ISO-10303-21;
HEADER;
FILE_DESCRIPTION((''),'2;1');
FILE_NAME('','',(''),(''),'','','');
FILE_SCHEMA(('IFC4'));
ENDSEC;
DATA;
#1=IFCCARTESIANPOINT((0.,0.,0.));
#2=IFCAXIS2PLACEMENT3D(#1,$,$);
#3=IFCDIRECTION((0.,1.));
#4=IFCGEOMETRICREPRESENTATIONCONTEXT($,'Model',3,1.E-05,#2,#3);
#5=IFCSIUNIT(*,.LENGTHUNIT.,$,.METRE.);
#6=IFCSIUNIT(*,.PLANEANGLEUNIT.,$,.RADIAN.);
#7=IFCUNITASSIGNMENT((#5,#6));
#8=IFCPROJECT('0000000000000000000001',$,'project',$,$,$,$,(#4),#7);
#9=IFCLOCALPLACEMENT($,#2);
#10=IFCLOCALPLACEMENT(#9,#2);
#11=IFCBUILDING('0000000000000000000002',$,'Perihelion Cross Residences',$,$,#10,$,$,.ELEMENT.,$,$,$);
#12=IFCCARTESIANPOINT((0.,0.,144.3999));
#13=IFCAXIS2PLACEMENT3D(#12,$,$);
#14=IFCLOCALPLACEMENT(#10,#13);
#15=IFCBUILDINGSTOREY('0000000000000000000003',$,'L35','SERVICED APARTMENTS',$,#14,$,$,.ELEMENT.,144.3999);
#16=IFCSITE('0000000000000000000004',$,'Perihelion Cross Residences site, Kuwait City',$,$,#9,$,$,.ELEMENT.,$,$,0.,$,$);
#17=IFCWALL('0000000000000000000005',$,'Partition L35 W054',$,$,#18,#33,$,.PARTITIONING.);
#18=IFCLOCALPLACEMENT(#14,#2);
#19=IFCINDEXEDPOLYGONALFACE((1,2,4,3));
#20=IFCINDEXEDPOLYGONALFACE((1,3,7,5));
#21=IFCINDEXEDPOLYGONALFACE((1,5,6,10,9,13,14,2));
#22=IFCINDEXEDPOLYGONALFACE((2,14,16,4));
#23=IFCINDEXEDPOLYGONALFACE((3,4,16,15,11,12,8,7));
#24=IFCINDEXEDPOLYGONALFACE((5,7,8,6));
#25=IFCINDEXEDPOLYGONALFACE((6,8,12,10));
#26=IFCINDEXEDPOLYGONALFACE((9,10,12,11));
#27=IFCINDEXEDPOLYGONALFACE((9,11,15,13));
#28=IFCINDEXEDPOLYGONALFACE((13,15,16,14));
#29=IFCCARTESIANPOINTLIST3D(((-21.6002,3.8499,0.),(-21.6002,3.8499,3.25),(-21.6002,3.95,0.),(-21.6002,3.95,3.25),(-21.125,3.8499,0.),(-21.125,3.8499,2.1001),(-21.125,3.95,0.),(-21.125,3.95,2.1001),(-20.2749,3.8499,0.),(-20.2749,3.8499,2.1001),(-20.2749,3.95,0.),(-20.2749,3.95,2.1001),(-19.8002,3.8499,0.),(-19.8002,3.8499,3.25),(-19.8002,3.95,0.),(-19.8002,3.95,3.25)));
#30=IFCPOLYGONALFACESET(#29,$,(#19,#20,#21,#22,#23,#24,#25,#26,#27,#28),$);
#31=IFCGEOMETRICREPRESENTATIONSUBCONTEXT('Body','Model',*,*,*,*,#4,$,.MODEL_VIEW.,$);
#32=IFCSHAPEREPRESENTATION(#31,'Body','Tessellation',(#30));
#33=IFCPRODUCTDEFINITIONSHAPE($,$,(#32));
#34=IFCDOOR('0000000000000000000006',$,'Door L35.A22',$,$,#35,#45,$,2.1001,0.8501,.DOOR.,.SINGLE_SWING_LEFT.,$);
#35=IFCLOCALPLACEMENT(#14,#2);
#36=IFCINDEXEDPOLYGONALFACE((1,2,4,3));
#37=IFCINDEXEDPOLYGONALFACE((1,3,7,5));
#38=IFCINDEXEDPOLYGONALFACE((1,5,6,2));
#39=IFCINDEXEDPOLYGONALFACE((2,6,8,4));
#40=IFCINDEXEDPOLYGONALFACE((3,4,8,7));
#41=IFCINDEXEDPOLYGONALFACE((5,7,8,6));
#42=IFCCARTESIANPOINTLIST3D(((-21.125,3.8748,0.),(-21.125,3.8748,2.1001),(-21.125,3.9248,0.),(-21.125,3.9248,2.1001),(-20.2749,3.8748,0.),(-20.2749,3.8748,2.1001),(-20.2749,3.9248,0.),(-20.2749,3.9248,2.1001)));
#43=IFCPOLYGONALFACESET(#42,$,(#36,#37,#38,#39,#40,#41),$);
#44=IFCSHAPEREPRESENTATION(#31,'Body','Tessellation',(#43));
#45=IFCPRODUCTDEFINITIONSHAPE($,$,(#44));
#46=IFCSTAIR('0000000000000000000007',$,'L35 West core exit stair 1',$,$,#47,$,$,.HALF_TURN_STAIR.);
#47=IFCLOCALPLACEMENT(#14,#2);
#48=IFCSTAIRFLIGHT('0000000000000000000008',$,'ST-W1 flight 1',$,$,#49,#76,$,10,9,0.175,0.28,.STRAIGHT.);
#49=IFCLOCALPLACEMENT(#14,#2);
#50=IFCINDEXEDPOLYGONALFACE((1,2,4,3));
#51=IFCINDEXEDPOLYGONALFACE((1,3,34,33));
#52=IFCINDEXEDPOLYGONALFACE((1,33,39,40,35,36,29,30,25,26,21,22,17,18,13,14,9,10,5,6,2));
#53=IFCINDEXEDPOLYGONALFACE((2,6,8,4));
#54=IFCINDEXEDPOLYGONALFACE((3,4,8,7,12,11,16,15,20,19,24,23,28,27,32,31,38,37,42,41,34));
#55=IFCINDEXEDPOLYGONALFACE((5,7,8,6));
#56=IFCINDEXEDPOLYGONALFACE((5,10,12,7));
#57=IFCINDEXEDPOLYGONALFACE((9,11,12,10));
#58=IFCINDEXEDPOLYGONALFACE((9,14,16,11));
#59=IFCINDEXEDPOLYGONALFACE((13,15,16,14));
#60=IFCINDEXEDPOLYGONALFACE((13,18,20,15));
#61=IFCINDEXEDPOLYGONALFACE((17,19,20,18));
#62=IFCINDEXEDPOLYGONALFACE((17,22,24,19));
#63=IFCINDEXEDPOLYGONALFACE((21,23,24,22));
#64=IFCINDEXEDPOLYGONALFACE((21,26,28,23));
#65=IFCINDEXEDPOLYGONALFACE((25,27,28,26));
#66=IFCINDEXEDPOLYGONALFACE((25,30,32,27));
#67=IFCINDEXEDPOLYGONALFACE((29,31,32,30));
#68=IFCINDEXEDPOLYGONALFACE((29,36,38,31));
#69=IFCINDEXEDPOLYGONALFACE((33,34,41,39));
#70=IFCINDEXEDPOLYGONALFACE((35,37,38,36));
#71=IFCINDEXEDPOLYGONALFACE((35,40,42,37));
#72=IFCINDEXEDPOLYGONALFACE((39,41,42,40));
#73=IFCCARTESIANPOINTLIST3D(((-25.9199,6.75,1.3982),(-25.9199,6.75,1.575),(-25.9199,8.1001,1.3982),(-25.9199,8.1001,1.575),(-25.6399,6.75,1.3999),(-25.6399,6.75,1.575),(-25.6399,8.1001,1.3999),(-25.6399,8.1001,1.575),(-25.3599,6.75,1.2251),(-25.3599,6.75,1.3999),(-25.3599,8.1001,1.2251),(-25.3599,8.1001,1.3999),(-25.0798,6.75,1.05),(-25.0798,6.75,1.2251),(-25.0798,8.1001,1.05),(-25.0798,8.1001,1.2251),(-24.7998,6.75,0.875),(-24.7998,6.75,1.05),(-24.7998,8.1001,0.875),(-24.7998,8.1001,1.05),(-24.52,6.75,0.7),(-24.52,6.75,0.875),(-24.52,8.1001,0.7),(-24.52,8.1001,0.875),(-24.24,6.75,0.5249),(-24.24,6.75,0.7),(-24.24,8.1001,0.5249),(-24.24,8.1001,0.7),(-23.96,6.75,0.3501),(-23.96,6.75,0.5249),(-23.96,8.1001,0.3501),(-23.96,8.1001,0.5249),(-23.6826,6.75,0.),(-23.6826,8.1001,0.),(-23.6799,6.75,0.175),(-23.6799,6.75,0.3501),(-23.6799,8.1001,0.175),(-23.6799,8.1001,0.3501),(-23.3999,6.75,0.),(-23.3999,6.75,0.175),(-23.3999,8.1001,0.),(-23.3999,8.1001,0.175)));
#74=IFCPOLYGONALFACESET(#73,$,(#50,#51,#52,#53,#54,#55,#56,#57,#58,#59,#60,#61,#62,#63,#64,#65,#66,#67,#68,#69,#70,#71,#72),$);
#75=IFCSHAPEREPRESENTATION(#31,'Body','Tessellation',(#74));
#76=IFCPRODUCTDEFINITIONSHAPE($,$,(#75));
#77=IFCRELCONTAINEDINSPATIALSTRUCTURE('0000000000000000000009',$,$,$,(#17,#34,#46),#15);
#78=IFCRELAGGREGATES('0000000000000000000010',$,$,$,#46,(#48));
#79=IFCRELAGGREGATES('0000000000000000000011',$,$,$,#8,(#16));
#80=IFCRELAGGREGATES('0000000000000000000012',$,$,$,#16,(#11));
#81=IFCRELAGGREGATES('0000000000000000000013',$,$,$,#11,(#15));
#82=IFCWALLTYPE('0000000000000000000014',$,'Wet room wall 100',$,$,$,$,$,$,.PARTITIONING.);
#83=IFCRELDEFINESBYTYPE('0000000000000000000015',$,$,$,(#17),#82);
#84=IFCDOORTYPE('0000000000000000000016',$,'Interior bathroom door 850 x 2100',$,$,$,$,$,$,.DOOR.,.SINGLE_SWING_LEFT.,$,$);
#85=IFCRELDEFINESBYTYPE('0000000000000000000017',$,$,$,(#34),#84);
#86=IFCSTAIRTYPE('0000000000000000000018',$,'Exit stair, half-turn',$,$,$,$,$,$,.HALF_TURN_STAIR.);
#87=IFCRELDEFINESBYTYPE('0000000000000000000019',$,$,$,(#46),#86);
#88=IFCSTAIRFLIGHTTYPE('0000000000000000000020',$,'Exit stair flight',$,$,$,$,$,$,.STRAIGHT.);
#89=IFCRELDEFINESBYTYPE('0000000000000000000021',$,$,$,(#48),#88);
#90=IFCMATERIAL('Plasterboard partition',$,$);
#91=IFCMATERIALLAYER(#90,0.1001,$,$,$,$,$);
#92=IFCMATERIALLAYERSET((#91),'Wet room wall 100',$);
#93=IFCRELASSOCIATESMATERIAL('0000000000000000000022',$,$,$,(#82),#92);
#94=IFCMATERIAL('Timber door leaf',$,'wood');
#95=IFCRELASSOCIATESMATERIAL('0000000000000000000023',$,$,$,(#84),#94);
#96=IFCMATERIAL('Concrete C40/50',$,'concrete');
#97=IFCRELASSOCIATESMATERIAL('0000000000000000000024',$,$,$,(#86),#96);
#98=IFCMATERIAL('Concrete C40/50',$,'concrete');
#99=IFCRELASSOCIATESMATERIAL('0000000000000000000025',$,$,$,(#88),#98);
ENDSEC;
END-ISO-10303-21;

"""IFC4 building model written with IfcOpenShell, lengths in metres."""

from ifc_helpers import new_model, si_unit, direction, frame, frame_2d, origin, place, context, subcontext, project, spatial, polyline, rectangle, outline, extrude, material, layer, layer_set, type_object, element, fill, aggregate, save


model = new_model("IFC4")

# Units and contexts
model_context = context("Model", 3, precision=1e-05, world=origin(), true_north=direction((0.0, 1.0)))
body_context = subcontext(model_context, "Body", "Model", "MODEL_VIEW")
ifc_project = project(units=[si_unit("LENGTHUNIT", "METRE"), si_unit("PLANEANGLEUNIT", "RADIAN")], contexts=[model_context])

# Site, building, storey
site_placement = place(None, origin())
site = spatial("IfcSite", under=ifc_project, at=site_placement, Name="Perihelion Cross Residences site, Kuwait City", CompositionType="ELEMENT", RefElevation=0.0)
building_placement = place(site_placement, origin())
building = spatial("IfcBuilding", under=site, at=building_placement, Name="Perihelion Cross Residences", CompositionType="ELEMENT")
storey_placement = place(building_placement, frame((0.0, 0.0, 144.3999)))
storey = spatial("IfcBuildingStorey", under=building, at=storey_placement, Name="L35", Description="SERVICED APARTMENTS", CompositionType="ELEMENT", Elevation=144.3999)

# Shared definitions
ifc_material_1 = material(Name="Plasterboard partition")
ifc_layer_1 = layer(ifc_material_1, 0.1001)
ifc_layer_set_1 = layer_set([ifc_layer_1], Name="Wet room wall 100")
wall_type_1 = type_object("IfcWallType", Name="Wet room wall 100", PredefinedType="PARTITIONING", material=ifc_layer_set_1)

# Wall, opening, door
wall_1_placement = place(storey_placement, frame((-21.6001, 3.8999, 0.0), z_axis=(0.0, 0.0, 1.0), x_axis=(1.0, 0.0, 0.0)))
wall_1 = element("IfcWall", 1, at=wall_1_placement, inside=storey, type_object=wall_type_1, Name="Partition L35 W054", PredefinedType="PARTITIONING", context=body_context, shape_type="SweptSolid", body=[
    extrude(rectangle(XDim=1.8, YDim=0.1001, at=frame_2d((0.8999, 0.0))), origin(), (0.0, 0.0, 1.0), 3.25),
])
opening_1_placement = place(wall_1_placement, frame((0.4751, 0.0, 0.0)))
opening_1 = element("IfcOpeningElement", 2, at=opening_1_placement, cuts=wall_1, PredefinedType="OPENING", context=body_context, shape_type="SweptSolid", body=[
    extrude(rectangle(XDim=0.8501, YDim=2.1001, at=frame_2d((0.425, 1.05))), frame((0.0, 0.0601, 0.0), z_axis=(0.0, -1.0, 0.0), x_axis=(1.0, 0.0, 0.0)), (0.0, 0.0, 1.0), 0.1201),
])
ifc_material_2 = material(Name="Timber door leaf", Category="wood")
door_type_1 = type_object("IfcDoorType", Name="Interior bathroom door 850 x 2100", OperationType="SINGLE_SWING_LEFT", PredefinedType="DOOR", material=ifc_material_2)
door_1_placement = place(opening_1_placement, origin())
door_1 = element("IfcDoor", 3, at=door_1_placement, inside=storey, type_object=door_type_1, Name="Door L35.A22", OperationType="SINGLE_SWING_LEFT", OverallHeight=2.1001, OverallWidth=0.8501, PredefinedType="DOOR", context=body_context, shape_type="SweptSolid", body=[
    extrude(rectangle(XDim=0.8501, YDim=2.1001, at=frame_2d((0.425, 1.05))), frame((0.0, 0.0249, 0.0), z_axis=(0.0, -1.0, 0.0), x_axis=(1.0, 0.0, 0.0)), (0.0, 0.0, 1.0), 0.05),
])
fill(opening_1, door_1)

# Stair, stair flight
ifc_material_3 = material(Name="Concrete C40/50", Category="concrete")
stair_type = type_object("IfcStairType", Name="Exit stair, half-turn", PredefinedType="HALF_TURN_STAIR", material=ifc_material_3)
stair_placement = place(storey_placement, origin())
stair = element("IfcStair", 4, at=stair_placement, inside=storey, type_object=stair_type, Name="L35 West core exit stair 1", PredefinedType="HALF_TURN_STAIR")
ifc_material_4 = material(Name="Concrete C40/50", Category="concrete")
stair_flight_type = type_object("IfcStairFlightType", Name="Exit stair flight", PredefinedType="STRAIGHT", material=ifc_material_4)
stair_flight_placement = place(storey_placement, frame((-23.3999, 7.425, 0.0), z_axis=(0.0, 0.0, 1.0), x_axis=(-1.0, 0.0, 0.0)))
stair_flight = element("IfcStairFlight", 5, at=stair_flight_placement, type_object=stair_flight_type, Name="ST-W1 flight 1", NumberOfRisers=10, NumberOfTreads=9, PredefinedType="STRAIGHT", RiserHeight=0.175, TreadLength=0.28, context=body_context, shape_type="SweptSolid", body=[
    extrude(outline(polyline([(0.0, 0.0), (0.0, 0.175), (0.28, 0.175), (0.28, 0.3501), (0.5601, 0.3501), (0.5601, 0.5249), (0.8401, 0.5249), (0.8401, 0.7), (1.1201, 0.7), (1.1201, 0.875), (1.3999, 0.875), (1.3999, 1.05), (1.6799, 1.05), (1.6799, 1.2251), (1.96, 1.2251), (1.96, 1.3999), (2.24, 1.3999), (2.24, 1.575), (2.52, 1.575), (2.52, 1.75), (2.52, 1.3982), (0.2827, 0.0), (0.0, 0.0)])), frame((0.0, 0.675, 0.0), z_axis=(0.0, -1.0, 0.0), x_axis=(1.0, 0.0, 0.0)), (0.0, 0.0, 1.0), 1.3501),
])
aggregate(stair, [stair_flight])

save(model, "model.ifc")
